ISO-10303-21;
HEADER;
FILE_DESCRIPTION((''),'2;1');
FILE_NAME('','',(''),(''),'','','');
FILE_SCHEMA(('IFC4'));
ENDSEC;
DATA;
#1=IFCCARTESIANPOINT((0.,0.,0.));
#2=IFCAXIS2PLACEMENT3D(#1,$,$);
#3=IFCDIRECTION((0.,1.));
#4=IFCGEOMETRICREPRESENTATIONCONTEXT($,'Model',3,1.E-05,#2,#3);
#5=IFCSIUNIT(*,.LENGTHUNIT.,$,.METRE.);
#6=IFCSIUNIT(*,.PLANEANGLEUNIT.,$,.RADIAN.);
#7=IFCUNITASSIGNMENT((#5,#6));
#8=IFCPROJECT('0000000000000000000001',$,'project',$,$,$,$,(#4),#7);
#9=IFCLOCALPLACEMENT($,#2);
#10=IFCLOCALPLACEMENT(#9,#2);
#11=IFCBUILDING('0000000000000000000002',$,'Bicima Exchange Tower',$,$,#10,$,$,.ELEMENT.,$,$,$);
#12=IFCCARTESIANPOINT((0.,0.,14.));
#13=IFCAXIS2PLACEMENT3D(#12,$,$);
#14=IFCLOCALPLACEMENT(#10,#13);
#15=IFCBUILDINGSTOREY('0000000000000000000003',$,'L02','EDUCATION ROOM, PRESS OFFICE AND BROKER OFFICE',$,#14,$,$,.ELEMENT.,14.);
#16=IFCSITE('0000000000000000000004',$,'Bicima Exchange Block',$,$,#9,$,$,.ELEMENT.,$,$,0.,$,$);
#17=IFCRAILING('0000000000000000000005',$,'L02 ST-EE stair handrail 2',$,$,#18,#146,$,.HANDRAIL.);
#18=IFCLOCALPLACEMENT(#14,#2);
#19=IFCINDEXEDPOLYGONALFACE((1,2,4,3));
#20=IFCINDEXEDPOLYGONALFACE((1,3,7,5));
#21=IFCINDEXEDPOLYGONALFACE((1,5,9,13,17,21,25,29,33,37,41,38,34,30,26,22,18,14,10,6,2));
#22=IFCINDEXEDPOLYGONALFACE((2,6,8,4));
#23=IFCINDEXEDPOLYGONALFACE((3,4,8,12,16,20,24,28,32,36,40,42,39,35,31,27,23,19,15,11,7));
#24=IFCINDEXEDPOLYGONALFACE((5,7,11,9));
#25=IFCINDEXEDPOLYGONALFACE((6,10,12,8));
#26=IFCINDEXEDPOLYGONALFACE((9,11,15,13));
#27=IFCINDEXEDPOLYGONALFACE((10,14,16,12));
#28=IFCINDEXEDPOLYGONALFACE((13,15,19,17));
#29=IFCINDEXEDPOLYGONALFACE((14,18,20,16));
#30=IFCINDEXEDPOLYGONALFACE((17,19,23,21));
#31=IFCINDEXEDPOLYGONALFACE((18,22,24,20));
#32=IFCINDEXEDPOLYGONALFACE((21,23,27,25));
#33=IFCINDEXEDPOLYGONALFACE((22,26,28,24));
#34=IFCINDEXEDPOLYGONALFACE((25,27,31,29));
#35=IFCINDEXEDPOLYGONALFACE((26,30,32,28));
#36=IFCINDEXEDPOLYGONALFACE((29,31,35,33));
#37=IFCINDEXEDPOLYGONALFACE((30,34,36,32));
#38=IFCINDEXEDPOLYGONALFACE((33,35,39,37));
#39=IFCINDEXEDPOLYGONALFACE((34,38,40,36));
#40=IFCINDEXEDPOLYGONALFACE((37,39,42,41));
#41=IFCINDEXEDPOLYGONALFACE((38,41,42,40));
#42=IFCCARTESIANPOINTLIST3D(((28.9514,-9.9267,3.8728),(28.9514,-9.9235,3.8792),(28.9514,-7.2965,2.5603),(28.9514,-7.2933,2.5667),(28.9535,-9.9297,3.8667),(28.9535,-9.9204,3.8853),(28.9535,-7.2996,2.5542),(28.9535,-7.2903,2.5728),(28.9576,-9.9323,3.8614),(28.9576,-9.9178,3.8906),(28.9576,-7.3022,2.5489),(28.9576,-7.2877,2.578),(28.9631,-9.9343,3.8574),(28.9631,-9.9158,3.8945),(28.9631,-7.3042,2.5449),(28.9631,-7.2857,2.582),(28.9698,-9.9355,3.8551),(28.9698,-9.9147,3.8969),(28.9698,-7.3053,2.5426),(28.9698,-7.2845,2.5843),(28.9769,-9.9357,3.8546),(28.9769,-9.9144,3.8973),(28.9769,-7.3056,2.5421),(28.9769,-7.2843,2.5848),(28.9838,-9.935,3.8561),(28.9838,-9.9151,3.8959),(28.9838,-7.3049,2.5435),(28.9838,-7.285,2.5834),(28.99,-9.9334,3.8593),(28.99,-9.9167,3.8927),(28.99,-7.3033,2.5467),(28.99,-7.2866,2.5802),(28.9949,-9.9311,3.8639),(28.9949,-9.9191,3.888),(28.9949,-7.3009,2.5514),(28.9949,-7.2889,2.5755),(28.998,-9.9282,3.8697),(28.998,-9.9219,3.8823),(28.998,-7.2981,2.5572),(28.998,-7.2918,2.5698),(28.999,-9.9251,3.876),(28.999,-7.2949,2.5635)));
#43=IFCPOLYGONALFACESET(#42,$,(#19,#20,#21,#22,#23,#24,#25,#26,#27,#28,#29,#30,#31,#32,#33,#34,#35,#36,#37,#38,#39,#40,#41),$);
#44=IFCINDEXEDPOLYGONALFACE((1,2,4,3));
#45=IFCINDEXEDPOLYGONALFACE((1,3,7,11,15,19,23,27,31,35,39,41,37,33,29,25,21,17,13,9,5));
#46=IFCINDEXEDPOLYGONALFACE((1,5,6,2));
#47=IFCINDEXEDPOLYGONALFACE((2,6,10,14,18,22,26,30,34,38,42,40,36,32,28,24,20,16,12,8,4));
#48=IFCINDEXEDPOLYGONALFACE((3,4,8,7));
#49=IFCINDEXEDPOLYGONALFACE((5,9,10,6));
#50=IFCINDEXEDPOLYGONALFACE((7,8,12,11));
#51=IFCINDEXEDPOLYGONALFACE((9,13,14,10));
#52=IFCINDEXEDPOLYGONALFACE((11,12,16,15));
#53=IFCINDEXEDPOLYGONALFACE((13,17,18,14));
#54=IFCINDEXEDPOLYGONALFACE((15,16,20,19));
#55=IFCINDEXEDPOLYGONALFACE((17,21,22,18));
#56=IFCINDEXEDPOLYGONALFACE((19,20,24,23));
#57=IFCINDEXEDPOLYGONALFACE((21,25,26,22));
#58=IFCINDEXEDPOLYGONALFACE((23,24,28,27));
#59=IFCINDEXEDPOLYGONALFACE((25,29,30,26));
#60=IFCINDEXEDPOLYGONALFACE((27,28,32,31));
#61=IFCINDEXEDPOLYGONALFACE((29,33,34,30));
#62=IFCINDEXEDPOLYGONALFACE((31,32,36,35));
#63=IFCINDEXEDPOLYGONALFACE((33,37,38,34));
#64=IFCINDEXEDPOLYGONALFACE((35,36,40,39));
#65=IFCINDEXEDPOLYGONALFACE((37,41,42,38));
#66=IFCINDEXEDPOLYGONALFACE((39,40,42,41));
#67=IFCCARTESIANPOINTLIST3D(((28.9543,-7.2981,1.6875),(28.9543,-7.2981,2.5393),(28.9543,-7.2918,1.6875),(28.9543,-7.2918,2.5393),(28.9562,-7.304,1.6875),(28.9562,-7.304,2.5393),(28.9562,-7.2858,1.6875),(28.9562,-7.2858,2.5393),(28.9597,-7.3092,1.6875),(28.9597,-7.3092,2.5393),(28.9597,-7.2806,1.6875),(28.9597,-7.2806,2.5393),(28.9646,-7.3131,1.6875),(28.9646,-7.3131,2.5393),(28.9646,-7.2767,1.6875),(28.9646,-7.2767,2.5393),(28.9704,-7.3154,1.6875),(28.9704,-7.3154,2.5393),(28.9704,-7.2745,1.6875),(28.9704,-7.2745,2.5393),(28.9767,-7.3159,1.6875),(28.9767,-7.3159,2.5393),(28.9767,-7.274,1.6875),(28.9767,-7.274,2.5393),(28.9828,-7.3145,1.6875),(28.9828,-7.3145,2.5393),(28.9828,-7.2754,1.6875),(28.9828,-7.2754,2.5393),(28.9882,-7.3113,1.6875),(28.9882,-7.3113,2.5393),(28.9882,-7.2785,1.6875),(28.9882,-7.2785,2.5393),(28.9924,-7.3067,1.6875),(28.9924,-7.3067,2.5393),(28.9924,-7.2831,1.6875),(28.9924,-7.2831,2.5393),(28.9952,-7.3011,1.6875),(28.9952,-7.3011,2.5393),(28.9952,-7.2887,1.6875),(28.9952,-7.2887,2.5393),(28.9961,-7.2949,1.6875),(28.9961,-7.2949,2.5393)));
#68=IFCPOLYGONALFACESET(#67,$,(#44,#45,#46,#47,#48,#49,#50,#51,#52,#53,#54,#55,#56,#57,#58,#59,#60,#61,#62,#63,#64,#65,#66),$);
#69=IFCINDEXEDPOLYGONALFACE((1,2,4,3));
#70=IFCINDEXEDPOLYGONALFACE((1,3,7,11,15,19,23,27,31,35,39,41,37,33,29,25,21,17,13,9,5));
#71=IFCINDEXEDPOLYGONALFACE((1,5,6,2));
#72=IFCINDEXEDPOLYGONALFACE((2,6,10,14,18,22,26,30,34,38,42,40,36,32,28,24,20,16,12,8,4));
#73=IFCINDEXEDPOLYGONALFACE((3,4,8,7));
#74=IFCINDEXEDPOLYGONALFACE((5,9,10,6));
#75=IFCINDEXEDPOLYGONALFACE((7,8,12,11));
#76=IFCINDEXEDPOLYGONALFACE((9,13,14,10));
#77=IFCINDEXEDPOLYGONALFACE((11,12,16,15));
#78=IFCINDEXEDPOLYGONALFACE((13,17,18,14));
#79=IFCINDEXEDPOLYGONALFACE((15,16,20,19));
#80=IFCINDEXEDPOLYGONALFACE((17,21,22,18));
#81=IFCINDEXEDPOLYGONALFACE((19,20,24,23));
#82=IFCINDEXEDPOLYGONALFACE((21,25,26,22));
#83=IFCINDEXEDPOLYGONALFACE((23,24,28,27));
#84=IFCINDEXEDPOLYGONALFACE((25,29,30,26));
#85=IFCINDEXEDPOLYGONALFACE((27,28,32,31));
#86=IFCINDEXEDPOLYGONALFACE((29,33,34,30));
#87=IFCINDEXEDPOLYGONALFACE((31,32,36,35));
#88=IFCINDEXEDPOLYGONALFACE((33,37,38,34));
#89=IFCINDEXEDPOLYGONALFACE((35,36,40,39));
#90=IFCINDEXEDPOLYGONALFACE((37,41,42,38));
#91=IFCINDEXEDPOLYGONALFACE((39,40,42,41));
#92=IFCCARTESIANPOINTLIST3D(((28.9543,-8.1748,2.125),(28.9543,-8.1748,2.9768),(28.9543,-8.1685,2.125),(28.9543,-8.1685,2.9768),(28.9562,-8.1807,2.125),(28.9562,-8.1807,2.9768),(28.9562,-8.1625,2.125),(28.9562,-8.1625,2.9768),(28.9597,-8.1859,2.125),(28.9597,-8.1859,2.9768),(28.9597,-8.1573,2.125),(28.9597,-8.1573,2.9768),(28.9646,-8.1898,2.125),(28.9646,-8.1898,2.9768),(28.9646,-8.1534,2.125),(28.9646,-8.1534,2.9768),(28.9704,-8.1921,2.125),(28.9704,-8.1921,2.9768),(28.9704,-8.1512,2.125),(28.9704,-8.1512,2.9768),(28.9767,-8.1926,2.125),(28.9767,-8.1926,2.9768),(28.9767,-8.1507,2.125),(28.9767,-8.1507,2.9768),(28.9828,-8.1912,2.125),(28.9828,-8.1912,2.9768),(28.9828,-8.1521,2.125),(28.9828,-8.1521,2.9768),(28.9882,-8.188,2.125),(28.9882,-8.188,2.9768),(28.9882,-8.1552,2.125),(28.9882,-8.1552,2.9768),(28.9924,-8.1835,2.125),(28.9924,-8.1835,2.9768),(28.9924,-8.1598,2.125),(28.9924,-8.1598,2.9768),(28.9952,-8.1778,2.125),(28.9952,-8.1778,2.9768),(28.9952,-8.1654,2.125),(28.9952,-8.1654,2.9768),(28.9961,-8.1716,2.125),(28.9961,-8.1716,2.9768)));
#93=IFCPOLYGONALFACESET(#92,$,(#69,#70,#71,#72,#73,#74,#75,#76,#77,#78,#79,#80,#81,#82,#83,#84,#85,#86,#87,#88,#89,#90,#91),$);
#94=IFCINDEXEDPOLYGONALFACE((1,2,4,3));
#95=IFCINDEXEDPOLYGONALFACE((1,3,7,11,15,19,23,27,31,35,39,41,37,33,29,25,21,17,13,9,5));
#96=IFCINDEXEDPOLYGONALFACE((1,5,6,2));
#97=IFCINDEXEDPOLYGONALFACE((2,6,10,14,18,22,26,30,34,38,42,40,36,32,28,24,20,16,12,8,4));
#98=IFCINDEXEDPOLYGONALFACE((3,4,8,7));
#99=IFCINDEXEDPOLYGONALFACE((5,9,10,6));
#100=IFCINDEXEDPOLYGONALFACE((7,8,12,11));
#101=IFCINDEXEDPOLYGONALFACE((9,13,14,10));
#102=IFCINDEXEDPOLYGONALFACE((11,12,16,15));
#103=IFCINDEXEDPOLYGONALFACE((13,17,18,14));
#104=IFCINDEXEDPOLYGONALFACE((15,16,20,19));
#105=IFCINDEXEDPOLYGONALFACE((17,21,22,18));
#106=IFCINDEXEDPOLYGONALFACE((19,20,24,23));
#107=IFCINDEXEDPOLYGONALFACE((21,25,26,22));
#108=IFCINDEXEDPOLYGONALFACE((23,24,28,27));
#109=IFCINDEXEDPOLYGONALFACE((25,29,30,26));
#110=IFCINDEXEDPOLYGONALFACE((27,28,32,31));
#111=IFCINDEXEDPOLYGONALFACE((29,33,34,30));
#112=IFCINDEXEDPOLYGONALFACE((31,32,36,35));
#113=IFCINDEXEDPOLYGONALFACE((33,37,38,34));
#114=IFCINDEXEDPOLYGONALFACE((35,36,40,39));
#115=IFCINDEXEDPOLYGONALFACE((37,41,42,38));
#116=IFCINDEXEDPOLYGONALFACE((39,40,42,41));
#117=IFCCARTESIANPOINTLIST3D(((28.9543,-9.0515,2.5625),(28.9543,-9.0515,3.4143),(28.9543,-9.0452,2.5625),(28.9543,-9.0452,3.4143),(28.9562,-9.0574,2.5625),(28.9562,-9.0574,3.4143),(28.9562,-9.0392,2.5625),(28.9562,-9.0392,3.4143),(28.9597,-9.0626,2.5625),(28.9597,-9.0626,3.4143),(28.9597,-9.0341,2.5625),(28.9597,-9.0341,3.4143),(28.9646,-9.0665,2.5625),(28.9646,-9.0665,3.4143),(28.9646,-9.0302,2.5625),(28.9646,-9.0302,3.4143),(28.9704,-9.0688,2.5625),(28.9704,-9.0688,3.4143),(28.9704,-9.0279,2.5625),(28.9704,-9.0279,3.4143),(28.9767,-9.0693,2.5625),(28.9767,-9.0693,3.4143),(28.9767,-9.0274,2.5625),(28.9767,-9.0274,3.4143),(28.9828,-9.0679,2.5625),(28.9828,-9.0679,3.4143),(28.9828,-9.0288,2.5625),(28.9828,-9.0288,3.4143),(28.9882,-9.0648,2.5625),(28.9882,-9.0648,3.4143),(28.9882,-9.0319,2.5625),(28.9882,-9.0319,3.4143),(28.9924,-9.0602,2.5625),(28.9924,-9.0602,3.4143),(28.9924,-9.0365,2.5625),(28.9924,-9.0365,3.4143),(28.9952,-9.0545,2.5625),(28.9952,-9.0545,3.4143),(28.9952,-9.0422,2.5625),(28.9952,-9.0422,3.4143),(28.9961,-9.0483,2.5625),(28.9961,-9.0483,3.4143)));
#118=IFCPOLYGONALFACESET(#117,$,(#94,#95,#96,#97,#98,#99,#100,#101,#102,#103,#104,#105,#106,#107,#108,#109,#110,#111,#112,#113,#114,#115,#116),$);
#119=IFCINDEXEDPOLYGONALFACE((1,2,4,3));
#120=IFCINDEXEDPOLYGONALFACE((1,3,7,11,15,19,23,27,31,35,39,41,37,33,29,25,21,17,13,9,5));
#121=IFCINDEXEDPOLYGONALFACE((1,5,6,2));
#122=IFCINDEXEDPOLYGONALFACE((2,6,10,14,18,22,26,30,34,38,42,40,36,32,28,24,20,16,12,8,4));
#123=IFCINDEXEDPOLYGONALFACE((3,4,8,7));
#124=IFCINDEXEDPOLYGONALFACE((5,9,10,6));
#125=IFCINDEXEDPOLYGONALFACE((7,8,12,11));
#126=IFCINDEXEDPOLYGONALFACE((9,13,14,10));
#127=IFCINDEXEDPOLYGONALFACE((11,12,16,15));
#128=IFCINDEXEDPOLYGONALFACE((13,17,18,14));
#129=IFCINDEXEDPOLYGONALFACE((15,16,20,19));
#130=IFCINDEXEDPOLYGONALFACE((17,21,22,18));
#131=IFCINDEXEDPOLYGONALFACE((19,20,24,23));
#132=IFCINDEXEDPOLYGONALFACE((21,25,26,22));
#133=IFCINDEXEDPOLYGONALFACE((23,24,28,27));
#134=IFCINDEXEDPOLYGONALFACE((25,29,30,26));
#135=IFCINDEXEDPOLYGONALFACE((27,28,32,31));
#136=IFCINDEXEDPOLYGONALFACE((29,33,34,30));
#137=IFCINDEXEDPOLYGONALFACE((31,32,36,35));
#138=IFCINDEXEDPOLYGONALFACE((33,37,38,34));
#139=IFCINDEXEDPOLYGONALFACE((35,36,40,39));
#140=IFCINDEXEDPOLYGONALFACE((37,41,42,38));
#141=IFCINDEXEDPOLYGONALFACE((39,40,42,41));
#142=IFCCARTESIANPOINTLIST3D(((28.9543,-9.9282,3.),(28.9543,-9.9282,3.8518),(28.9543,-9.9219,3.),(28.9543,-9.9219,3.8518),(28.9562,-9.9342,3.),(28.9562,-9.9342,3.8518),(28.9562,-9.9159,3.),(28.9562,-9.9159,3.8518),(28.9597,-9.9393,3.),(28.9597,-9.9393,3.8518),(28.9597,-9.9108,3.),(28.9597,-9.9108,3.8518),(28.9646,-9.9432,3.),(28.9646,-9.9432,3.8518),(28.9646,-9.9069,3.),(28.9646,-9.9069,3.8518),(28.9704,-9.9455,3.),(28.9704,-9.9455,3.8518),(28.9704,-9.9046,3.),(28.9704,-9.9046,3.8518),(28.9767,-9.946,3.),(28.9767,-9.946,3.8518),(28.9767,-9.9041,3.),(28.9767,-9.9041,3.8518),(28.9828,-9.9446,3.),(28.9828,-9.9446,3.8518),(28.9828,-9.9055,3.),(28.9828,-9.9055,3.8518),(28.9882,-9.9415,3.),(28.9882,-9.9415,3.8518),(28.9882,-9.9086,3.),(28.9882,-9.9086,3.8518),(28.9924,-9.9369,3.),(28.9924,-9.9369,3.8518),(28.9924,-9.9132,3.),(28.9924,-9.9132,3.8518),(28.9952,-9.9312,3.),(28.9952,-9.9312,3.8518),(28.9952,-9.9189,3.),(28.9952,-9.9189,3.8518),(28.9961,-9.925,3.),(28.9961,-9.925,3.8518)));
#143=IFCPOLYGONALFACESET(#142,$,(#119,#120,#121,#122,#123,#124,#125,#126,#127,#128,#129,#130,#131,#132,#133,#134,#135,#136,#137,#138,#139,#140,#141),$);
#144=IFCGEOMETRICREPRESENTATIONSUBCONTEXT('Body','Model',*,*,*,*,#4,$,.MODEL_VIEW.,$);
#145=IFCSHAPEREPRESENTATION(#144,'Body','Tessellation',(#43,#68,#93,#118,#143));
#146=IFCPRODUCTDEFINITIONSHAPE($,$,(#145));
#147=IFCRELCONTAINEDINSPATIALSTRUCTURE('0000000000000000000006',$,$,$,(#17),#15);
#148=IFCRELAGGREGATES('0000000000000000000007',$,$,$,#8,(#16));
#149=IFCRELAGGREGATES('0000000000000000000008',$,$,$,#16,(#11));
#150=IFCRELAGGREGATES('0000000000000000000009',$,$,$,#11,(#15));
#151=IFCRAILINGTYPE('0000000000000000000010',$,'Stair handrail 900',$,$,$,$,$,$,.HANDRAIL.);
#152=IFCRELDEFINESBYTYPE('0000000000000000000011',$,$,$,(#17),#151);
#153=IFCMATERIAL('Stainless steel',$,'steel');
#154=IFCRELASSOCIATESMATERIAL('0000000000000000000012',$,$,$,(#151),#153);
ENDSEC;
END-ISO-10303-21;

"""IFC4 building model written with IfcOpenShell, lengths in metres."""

from ifc_helpers import new_model, si_unit, direction, frame, origin, origin_2d, place, context, subcontext, project, spatial, circle, extrude, material, type_object, element, save


model = new_model("IFC4")

# Units and contexts
model_context = context("Model", 3, precision=1e-05, world=origin(), true_north=direction((0.0, 1.0)))
body_context = subcontext(model_context, "Body", "Model", "MODEL_VIEW")
ifc_project = project(units=[si_unit("LENGTHUNIT", "METRE"), si_unit("PLANEANGLEUNIT", "RADIAN")], contexts=[model_context])

# Site, building, storey
site_placement = place(None, origin())
site = spatial("IfcSite", under=ifc_project, at=site_placement, Name="Bicima Exchange Block", CompositionType="ELEMENT", RefElevation=0.0)
building_placement = place(site_placement, origin())
building = spatial("IfcBuilding", under=site, at=building_placement, Name="Bicima Exchange Tower", CompositionType="ELEMENT")
storey_placement = place(building_placement, frame((0.0, 0.0, 14.0)))
storey = spatial("IfcBuildingStorey", under=building, at=storey_placement, Name="L02", Description="EDUCATION ROOM, PRESS OFFICE AND BROKER OFFICE", CompositionType="ELEMENT", Elevation=14.0)

# Railing
ifc_material_1 = material(Name="Stainless steel", Category="steel")
railing_type_1 = type_object("IfcRailingType", Name="Stair handrail 900", PredefinedType="HANDRAIL", material=ifc_material_1)
railing_1_placement = place(storey_placement, frame((28.9751, -7.2949, 1.6875)))
element("IfcRailing", 1, at=railing_1_placement, inside=storey, type_object=railing_type_1, Name="L02 ST-EE stair handrail 2", PredefinedType="HANDRAIL", context=body_context, shape_type="SweptSolid", body=[
    extrude(circle(Radius=0.0239, at=origin_2d()), frame((0.0, 0.0, 0.876), z_axis=(0.0, -0.894776, 0.446516), x_axis=(1.0, 0.0, 0.0)), (0.0, 0.0, 1.0), 2.9395),
    extrude(circle(Radius=0.021, at=origin_2d()), origin(), (0.0, 0.0, 1.0), 0.8518),
    extrude(circle(Radius=0.021, at=origin_2d()), frame((0.0, -0.8767, 0.4375)), (0.0, 0.0, 1.0), 0.8518),
    extrude(circle(Radius=0.021, at=origin_2d()), frame((0.0, -1.7534, 0.875)), (0.0, 0.0, 1.0), 0.8518),
    extrude(circle(Radius=0.021, at=origin_2d()), frame((0.0, -2.6301, 1.3125)), (0.0, 0.0, 1.0), 0.8518),
])

save(model, "model.ifc")
